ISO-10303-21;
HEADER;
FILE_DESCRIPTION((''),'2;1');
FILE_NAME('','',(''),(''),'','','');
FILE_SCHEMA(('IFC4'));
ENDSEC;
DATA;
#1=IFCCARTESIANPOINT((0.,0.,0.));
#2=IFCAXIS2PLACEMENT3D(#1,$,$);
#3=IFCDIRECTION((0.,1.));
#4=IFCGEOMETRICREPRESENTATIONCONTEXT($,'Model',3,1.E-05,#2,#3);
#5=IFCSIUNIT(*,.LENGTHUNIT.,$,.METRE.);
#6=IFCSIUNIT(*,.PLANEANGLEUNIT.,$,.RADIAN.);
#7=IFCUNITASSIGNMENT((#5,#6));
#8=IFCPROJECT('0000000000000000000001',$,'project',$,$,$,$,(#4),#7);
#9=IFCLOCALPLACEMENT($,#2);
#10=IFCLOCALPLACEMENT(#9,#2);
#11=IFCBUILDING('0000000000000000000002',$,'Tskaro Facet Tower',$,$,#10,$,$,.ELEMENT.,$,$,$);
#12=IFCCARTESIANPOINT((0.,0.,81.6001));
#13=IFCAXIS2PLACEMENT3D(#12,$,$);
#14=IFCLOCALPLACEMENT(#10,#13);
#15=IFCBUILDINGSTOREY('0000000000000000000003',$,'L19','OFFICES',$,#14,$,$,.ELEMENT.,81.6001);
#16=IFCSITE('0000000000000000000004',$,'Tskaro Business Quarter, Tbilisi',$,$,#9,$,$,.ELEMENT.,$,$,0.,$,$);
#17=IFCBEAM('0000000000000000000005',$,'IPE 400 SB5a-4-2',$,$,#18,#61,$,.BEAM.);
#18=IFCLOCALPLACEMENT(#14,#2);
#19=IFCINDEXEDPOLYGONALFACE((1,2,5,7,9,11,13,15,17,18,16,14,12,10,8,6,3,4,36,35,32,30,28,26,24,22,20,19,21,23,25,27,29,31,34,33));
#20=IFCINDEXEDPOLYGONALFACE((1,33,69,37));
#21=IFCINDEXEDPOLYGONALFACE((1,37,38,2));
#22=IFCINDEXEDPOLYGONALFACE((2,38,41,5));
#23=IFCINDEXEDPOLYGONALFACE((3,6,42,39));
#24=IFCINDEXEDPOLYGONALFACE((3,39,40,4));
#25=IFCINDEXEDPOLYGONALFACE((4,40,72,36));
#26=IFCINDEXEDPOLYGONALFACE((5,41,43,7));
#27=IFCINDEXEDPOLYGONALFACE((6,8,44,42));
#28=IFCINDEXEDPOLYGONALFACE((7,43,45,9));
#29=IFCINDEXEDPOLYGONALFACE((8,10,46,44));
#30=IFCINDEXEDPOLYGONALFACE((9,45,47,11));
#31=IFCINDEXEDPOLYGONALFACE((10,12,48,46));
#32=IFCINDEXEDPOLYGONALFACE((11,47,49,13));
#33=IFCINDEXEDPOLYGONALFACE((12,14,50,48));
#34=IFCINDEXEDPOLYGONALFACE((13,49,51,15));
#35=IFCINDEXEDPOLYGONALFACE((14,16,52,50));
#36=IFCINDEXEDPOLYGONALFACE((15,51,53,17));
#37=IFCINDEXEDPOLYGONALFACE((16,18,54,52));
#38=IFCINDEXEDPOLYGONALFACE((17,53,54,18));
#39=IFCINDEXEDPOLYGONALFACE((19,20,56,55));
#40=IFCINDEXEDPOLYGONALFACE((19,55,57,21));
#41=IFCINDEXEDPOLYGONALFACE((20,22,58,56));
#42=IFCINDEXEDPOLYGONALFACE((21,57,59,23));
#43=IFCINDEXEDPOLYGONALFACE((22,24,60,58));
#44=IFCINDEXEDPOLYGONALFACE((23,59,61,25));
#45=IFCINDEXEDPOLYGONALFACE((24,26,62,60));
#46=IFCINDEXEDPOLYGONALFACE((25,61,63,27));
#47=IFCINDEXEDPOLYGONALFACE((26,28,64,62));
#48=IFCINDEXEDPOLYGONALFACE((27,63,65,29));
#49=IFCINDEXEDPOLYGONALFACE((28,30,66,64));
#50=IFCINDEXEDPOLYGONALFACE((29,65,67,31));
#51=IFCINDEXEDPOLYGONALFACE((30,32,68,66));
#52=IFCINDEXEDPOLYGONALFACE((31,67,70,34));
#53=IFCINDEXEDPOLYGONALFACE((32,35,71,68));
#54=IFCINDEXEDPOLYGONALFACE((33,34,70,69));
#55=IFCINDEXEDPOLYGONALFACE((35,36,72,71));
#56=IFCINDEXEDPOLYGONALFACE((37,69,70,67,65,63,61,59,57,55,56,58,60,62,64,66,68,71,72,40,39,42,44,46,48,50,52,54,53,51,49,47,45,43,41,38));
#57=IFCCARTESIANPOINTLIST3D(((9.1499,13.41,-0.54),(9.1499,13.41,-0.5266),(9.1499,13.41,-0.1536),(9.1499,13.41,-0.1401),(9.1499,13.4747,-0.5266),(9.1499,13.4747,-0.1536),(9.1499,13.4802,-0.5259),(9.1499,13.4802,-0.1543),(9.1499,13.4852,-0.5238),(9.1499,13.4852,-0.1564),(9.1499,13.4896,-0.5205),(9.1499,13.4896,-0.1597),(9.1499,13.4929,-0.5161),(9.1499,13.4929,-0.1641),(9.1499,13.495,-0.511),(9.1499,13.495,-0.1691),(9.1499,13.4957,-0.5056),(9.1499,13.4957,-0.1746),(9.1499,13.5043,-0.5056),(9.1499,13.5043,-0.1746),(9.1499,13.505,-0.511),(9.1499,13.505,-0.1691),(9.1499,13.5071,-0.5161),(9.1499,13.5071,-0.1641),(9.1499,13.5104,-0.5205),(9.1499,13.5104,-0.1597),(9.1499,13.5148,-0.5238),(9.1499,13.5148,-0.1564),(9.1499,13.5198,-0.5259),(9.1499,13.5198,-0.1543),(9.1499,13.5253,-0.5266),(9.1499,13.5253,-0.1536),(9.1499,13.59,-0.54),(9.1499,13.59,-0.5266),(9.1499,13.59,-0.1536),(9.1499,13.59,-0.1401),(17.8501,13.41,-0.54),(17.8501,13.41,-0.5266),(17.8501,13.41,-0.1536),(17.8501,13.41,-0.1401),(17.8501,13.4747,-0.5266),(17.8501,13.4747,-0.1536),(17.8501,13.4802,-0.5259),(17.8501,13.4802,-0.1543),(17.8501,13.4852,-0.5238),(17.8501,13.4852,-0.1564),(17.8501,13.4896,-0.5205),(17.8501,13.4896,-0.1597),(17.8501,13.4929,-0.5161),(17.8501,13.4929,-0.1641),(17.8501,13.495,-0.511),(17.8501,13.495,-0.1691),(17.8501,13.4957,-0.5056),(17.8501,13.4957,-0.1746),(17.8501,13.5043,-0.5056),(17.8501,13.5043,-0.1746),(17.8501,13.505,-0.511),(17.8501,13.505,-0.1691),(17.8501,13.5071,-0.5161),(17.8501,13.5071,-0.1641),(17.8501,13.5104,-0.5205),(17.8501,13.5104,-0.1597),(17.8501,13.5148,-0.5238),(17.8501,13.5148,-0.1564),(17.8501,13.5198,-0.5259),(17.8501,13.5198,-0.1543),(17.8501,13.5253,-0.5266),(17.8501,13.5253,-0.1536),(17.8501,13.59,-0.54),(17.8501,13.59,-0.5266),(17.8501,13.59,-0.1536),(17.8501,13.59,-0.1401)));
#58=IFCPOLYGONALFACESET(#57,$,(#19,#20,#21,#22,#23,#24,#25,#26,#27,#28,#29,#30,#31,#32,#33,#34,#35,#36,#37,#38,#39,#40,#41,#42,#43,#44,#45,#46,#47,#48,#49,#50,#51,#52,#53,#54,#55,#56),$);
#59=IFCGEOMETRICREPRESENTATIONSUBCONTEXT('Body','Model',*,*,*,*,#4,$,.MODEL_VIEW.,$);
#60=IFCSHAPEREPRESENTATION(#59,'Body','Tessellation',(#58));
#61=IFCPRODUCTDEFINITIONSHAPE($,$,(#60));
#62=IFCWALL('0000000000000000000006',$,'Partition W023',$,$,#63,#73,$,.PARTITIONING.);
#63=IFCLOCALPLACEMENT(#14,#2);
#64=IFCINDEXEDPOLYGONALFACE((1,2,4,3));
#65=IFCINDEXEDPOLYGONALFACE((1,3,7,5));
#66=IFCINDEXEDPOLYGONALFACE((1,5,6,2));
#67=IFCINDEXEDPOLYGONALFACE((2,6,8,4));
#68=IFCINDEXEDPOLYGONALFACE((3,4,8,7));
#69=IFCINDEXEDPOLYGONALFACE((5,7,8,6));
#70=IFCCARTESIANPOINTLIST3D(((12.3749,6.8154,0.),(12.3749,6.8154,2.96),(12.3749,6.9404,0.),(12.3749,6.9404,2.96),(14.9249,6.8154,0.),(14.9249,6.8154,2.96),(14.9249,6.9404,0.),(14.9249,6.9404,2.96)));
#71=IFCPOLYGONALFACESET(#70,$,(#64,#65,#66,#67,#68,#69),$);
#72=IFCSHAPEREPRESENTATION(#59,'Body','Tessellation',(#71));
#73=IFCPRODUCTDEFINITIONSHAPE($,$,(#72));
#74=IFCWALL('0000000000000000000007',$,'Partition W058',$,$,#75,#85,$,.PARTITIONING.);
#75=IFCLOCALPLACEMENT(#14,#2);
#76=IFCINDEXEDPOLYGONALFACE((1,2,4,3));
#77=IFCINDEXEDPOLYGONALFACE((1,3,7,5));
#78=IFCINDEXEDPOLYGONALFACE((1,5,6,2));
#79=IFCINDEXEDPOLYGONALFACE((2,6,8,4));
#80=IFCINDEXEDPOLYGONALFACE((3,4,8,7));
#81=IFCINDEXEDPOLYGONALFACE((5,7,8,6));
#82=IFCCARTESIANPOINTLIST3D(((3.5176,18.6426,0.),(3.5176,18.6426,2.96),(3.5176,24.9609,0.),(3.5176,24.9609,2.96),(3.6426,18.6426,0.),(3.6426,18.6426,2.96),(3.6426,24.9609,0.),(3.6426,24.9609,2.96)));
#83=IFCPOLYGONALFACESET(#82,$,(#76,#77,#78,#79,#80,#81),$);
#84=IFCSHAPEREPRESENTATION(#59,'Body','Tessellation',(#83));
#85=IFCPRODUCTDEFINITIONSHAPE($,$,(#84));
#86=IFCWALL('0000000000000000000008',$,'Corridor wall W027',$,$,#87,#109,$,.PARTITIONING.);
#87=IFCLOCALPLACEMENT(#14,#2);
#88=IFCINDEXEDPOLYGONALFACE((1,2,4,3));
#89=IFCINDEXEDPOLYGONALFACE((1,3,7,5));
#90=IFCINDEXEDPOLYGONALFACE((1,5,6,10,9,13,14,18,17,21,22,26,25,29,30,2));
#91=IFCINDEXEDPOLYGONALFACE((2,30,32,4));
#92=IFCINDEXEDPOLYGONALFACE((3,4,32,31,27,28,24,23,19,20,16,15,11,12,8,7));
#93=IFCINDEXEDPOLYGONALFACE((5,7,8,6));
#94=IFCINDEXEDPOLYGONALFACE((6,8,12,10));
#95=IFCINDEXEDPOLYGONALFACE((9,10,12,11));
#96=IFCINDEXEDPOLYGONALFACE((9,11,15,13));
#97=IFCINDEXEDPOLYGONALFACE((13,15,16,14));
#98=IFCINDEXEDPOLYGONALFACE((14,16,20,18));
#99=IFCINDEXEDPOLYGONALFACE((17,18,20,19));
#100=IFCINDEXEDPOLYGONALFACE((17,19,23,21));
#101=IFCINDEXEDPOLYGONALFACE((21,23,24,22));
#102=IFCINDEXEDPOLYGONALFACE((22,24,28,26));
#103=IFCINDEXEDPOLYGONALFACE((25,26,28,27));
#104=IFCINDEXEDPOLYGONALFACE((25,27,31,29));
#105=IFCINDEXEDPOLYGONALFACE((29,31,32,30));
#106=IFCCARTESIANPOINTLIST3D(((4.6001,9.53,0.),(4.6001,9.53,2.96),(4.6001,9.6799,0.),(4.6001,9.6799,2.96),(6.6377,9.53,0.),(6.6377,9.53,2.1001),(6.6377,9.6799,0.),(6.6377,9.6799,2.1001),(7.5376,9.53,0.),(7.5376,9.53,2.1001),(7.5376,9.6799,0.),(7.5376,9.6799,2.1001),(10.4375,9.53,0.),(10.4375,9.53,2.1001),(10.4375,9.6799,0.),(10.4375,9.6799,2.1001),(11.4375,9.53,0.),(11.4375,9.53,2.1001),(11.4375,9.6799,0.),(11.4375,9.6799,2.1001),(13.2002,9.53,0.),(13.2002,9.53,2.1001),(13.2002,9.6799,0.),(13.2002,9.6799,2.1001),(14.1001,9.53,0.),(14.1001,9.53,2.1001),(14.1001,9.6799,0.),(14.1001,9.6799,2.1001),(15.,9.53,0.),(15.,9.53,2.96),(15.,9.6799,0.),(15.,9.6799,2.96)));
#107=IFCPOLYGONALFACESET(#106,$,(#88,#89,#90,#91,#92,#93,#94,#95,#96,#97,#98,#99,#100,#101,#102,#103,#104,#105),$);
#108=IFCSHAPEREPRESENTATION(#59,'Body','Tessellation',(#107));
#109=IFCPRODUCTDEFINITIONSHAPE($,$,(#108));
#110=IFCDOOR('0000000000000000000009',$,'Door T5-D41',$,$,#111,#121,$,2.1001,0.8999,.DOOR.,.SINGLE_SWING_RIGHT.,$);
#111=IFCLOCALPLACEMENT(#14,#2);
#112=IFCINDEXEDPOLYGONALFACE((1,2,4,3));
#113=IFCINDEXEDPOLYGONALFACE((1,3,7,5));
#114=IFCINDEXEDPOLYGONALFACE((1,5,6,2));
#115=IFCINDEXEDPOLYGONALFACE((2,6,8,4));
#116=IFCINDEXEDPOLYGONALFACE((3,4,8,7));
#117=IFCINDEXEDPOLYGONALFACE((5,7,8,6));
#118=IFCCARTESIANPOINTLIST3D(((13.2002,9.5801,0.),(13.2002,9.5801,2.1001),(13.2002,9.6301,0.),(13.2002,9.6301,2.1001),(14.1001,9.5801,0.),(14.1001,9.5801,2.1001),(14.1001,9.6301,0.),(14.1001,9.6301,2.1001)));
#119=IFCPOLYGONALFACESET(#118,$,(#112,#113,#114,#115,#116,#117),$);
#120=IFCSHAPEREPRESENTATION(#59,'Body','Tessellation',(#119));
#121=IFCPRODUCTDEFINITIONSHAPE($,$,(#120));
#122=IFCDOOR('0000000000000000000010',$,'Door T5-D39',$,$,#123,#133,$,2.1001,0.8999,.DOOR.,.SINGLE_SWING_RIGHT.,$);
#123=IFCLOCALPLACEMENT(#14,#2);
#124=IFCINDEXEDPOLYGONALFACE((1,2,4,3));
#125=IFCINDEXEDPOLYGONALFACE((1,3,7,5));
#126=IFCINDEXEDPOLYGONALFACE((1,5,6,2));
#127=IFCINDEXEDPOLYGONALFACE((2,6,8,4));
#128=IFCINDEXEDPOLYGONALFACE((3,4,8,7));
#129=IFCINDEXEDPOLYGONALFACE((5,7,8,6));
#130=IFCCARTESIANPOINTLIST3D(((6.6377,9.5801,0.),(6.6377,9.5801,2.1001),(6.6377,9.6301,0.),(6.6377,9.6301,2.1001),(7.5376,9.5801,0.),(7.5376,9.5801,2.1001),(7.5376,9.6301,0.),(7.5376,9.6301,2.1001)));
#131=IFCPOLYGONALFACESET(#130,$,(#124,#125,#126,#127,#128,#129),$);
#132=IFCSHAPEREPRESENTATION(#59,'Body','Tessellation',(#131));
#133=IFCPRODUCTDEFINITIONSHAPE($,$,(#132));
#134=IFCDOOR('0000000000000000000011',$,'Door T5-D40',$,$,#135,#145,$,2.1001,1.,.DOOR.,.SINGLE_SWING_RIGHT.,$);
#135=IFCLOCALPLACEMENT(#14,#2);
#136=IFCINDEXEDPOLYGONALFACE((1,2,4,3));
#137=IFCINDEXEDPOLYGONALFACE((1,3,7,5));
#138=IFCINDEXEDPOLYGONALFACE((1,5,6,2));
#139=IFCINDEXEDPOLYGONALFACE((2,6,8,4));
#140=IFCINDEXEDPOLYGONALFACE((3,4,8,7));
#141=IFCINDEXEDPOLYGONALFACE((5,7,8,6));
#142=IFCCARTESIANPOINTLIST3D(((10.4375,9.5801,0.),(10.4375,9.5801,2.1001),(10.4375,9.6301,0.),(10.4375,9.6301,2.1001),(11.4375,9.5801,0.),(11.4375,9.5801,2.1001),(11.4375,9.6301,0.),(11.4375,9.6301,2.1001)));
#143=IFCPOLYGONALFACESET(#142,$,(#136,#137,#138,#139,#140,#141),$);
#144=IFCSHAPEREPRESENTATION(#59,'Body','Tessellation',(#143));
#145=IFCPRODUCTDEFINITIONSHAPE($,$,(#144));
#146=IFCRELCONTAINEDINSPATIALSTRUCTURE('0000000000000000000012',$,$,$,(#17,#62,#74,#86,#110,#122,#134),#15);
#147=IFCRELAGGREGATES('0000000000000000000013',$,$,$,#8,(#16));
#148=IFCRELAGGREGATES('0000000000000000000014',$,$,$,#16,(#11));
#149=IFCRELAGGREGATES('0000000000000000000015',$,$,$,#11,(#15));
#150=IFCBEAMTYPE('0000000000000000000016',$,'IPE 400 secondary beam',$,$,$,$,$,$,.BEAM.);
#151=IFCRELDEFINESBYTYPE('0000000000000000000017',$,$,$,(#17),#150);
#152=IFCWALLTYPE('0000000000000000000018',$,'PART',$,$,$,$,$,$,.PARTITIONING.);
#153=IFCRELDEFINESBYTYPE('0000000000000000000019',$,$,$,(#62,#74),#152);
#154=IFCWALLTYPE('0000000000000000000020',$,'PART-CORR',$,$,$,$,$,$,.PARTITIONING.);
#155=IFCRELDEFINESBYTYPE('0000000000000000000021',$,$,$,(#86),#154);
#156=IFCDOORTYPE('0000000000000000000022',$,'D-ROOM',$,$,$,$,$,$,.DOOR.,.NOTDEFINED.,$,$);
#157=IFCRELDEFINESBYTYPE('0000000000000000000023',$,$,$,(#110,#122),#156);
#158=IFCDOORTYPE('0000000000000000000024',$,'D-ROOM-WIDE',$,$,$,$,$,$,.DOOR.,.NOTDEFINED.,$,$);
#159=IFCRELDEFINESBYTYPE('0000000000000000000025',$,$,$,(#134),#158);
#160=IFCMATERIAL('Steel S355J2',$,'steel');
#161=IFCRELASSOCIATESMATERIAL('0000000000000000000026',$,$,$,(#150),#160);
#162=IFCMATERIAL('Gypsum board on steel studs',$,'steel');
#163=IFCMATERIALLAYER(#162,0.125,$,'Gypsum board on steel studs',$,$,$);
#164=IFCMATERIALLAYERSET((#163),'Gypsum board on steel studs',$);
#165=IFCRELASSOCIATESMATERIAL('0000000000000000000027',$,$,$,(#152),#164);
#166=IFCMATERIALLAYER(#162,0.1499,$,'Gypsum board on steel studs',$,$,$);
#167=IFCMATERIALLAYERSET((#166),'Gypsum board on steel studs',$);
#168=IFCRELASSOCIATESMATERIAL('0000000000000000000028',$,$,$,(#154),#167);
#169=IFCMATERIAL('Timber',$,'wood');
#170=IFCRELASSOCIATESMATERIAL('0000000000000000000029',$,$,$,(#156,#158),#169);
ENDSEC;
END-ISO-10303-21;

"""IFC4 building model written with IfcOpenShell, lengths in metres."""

from ifc_helpers import new_model, si_unit, direction, frame, frame_2d, origin, origin_2d, place, context, subcontext, project, spatial, rectangle, i_section, extrude, material, layer, layer_set, material_profile, profile_set, type_object, element, fill, save


model = new_model("IFC4")

# Units and contexts
model_context = context("Model", 3, precision=1e-05, world=origin(), true_north=direction((0.0, 1.0)))
body_context = subcontext(model_context, "Body", "Model", "MODEL_VIEW")
ifc_project = project(units=[si_unit("LENGTHUNIT", "METRE"), si_unit("PLANEANGLEUNIT", "RADIAN")], contexts=[model_context])

# Site, building, storey
site_placement = place(None, origin())
site = spatial("IfcSite", under=ifc_project, at=site_placement, Name="Tskaro Business Quarter, Tbilisi", CompositionType="ELEMENT", RefElevation=0.0)
building_placement = place(site_placement, origin())
building = spatial("IfcBuilding", under=site, at=building_placement, Name="Tskaro Facet Tower", CompositionType="ELEMENT")
storey_placement = place(building_placement, frame((0.0, 0.0, 81.6001)))
storey = spatial("IfcBuildingStorey", under=building, at=storey_placement, Name="L19", Description="OFFICES", CompositionType="ELEMENT", Elevation=81.6001)

# Beam
ifc_material_1 = material(Name="Steel S355J2", Category="steel")
ifc_material_profile_1 = material_profile(ifc_material_1, i_section(OverallWidth=0.1799, OverallDepth=0.3999, WebThickness=0.0085, FlangeThickness=0.0134, FilletRadius=0.021, at=origin_2d()), Name="IPE 400")
ifc_profile_set_1 = profile_set([ifc_material_profile_1], Name="Steel S355J2")
beam_type_1 = type_object("IfcBeamType", Name="IPE 400 secondary beam", PredefinedType="BEAM", material=ifc_profile_set_1)
for number, where, z_axis, x_axis, name in (
    (1, (9.1499, 13.5, -0.3401), (1.0, 0.0, 0.0), (0.0, 1.0, 0.0), "IPE 400 SB5a-4-2"),
):
    element("IfcBeam", number, at=place(storey_placement, frame(where, z_axis=z_axis, x_axis=x_axis)), inside=storey, type_object=beam_type_1, Name=name, PredefinedType="BEAM", context=body_context, shape_type="SweptSolid", body=[
        extrude(i_section(OverallWidth=0.1799, OverallDepth=0.3999, WebThickness=0.0085, FlangeThickness=0.0134, FilletRadius=0.021, at=origin_2d()), origin(), (0.0, 0.0, 1.0), 8.7002),
    ])

# Walls
ifc_material_2 = material(Name="Gypsum board on steel studs", Category="steel")
ifc_layer_1 = layer(ifc_material_2, 0.125, Name="Gypsum board on steel studs")
ifc_layer_set_1 = layer_set([ifc_layer_1], Name="Gypsum board on steel studs")
wall_type_1 = type_object("IfcWallType", Name="PART", PredefinedType="PARTITIONING", material=ifc_layer_set_1)
wall_1_placement = place(storey_placement, frame((12.375, 6.8779, 0.0), z_axis=(0.0, 0.0, 1.0), x_axis=(1.0, 0.0, 0.0)))
element("IfcWall", 2, at=wall_1_placement, inside=storey, type_object=wall_type_1, Name="Partition W023", PredefinedType="PARTITIONING", context=body_context, shape_type="SweptSolid", body=[
    extrude(rectangle(XDim=2.55, YDim=0.125, at=frame_2d((1.2749, 0.0))), origin(), (0.0, 0.0, 1.0), 2.96),
])
wall_2_placement = place(storey_placement, frame((3.5801, 18.6426, 0.0), z_axis=(0.0, 0.0, 1.0), x_axis=(0.0, 1.0, 0.0)))
element("IfcWall", 3, at=wall_2_placement, inside=storey, type_object=wall_type_1, Name="Partition W058", PredefinedType="PARTITIONING", context=body_context, shape_type="SweptSolid", body=[
    extrude(rectangle(XDim=6.3184, YDim=0.125, at=frame_2d((3.1592, 0.0))), origin(), (0.0, 0.0, 1.0), 2.96),
])

# Wall, openings, doors
ifc_layer_2 = layer(ifc_material_2, 0.1499, Name="Gypsum board on steel studs")
ifc_layer_set_2 = layer_set([ifc_layer_2], Name="Gypsum board on steel studs")
wall_type_2 = type_object("IfcWallType", Name="PART-CORR", PredefinedType="PARTITIONING", material=ifc_layer_set_2)
wall_3_placement = place(storey_placement, frame((15.0, 9.605, 0.0), z_axis=(0.0, 0.0, 1.0), x_axis=(-1.0, 0.0, 0.0)))
wall_3 = element("IfcWall", 4, at=wall_3_placement, inside=storey, type_object=wall_type_2, Name="Corridor wall W027", PredefinedType="PARTITIONING", context=body_context, shape_type="SweptSolid", body=[
    extrude(rectangle(XDim=10.3999, YDim=0.1499, at=frame_2d((5.2, 0.0))), origin(), (0.0, 0.0, 1.0), 2.96),
])
opening_1_placement = place(wall_3_placement, frame((0.8999, 0.0, 0.0)))
opening_1 = element("IfcOpeningElement", 5, at=opening_1_placement, cuts=wall_3, PredefinedType="OPENING", context=body_context, shape_type="SweptSolid", body=[
    extrude(rectangle(XDim=0.8999, YDim=2.1001, at=frame_2d((0.45, 1.05))), frame((0.0, 0.085, 0.0), z_axis=(0.0, -1.0, 0.0), x_axis=(1.0, 0.0, 0.0)), (0.0, 0.0, 1.0), 0.1699),
])
opening_2_placement = place(wall_3_placement, frame((7.4624, 0.0, 0.0)))
opening_2 = element("IfcOpeningElement", 6, at=opening_2_placement, cuts=wall_3, PredefinedType="OPENING", context=body_context, shape_type="SweptSolid", body=[
    extrude(rectangle(XDim=0.8999, YDim=2.1001, at=frame_2d((0.45, 1.05))), frame((0.0, 0.085, 0.0), z_axis=(0.0, -1.0, 0.0), x_axis=(1.0, 0.0, 0.0)), (0.0, 0.0, 1.0), 0.1699),
])
opening_3_placement = place(wall_3_placement, frame((3.5625, 0.0, 0.0)))
opening_3 = element("IfcOpeningElement", 7, at=opening_3_placement, cuts=wall_3, PredefinedType="OPENING", context=body_context, shape_type="SweptSolid", body=[
    extrude(rectangle(XDim=1.0, YDim=2.1001, at=frame_2d((0.5, 1.05))), frame((0.0, 0.085, 0.0), z_axis=(0.0, -1.0, 0.0), x_axis=(1.0, 0.0, 0.0)), (0.0, 0.0, 1.0), 0.1699),
])
ifc_material_3 = material(Name="Timber", Category="wood")
door_type_1 = type_object("IfcDoorType", Name="D-ROOM", OperationType="NOTDEFINED", PredefinedType="DOOR", material=ifc_material_3)
door_1_placement = place(opening_1_placement, origin())
door_1 = element("IfcDoor", 8, at=door_1_placement, inside=storey, type_object=door_type_1, Name="Door T5-D41", OperationType="SINGLE_SWING_RIGHT", OverallHeight=2.1001, OverallWidth=0.8999, PredefinedType="DOOR", context=body_context, shape_type="SweptSolid", body=[
    extrude(rectangle(XDim=0.8999, YDim=2.1001, at=frame_2d((0.45, 1.05))), frame((0.0, 0.0249, 0.0), z_axis=(0.0, -1.0, 0.0), x_axis=(1.0, 0.0, 0.0)), (0.0, 0.0, 1.0), 0.05),
])
fill(opening_1, door_1)
door_2_placement = place(opening_2_placement, origin())
door_2 = element("IfcDoor", 9, at=door_2_placement, inside=storey, type_object=door_type_1, Name="Door T5-D39", OperationType="SINGLE_SWING_RIGHT", OverallHeight=2.1001, OverallWidth=0.8999, PredefinedType="DOOR", context=body_context, shape_type="SweptSolid", body=[
    extrude(rectangle(XDim=0.8999, YDim=2.1001, at=frame_2d((0.45, 1.05))), frame((0.0, 0.0249, 0.0), z_axis=(0.0, -1.0, 0.0), x_axis=(1.0, 0.0, 0.0)), (0.0, 0.0, 1.0), 0.05),
])
fill(opening_2, door_2)
door_type_2 = type_object("IfcDoorType", Name="D-ROOM-WIDE", OperationType="NOTDEFINED", PredefinedType="DOOR", material=ifc_material_3)
door_3_placement = place(opening_3_placement, origin())
door_3 = element("IfcDoor", 10, at=door_3_placement, inside=storey, type_object=door_type_2, Name="Door T5-D40", OperationType="SINGLE_SWING_RIGHT", OverallHeight=2.1001, OverallWidth=1.0, PredefinedType="DOOR", context=body_context, shape_type="SweptSolid", body=[
    extrude(rectangle(XDim=1.0, YDim=2.1001, at=frame_2d((0.5, 1.05))), frame((0.0, 0.0249, 0.0), z_axis=(0.0, -1.0, 0.0), x_axis=(1.0, 0.0, 0.0)), (0.0, 0.0, 1.0), 0.05),
])
fill(opening_3, door_3)

save(model, "model.ifc")
